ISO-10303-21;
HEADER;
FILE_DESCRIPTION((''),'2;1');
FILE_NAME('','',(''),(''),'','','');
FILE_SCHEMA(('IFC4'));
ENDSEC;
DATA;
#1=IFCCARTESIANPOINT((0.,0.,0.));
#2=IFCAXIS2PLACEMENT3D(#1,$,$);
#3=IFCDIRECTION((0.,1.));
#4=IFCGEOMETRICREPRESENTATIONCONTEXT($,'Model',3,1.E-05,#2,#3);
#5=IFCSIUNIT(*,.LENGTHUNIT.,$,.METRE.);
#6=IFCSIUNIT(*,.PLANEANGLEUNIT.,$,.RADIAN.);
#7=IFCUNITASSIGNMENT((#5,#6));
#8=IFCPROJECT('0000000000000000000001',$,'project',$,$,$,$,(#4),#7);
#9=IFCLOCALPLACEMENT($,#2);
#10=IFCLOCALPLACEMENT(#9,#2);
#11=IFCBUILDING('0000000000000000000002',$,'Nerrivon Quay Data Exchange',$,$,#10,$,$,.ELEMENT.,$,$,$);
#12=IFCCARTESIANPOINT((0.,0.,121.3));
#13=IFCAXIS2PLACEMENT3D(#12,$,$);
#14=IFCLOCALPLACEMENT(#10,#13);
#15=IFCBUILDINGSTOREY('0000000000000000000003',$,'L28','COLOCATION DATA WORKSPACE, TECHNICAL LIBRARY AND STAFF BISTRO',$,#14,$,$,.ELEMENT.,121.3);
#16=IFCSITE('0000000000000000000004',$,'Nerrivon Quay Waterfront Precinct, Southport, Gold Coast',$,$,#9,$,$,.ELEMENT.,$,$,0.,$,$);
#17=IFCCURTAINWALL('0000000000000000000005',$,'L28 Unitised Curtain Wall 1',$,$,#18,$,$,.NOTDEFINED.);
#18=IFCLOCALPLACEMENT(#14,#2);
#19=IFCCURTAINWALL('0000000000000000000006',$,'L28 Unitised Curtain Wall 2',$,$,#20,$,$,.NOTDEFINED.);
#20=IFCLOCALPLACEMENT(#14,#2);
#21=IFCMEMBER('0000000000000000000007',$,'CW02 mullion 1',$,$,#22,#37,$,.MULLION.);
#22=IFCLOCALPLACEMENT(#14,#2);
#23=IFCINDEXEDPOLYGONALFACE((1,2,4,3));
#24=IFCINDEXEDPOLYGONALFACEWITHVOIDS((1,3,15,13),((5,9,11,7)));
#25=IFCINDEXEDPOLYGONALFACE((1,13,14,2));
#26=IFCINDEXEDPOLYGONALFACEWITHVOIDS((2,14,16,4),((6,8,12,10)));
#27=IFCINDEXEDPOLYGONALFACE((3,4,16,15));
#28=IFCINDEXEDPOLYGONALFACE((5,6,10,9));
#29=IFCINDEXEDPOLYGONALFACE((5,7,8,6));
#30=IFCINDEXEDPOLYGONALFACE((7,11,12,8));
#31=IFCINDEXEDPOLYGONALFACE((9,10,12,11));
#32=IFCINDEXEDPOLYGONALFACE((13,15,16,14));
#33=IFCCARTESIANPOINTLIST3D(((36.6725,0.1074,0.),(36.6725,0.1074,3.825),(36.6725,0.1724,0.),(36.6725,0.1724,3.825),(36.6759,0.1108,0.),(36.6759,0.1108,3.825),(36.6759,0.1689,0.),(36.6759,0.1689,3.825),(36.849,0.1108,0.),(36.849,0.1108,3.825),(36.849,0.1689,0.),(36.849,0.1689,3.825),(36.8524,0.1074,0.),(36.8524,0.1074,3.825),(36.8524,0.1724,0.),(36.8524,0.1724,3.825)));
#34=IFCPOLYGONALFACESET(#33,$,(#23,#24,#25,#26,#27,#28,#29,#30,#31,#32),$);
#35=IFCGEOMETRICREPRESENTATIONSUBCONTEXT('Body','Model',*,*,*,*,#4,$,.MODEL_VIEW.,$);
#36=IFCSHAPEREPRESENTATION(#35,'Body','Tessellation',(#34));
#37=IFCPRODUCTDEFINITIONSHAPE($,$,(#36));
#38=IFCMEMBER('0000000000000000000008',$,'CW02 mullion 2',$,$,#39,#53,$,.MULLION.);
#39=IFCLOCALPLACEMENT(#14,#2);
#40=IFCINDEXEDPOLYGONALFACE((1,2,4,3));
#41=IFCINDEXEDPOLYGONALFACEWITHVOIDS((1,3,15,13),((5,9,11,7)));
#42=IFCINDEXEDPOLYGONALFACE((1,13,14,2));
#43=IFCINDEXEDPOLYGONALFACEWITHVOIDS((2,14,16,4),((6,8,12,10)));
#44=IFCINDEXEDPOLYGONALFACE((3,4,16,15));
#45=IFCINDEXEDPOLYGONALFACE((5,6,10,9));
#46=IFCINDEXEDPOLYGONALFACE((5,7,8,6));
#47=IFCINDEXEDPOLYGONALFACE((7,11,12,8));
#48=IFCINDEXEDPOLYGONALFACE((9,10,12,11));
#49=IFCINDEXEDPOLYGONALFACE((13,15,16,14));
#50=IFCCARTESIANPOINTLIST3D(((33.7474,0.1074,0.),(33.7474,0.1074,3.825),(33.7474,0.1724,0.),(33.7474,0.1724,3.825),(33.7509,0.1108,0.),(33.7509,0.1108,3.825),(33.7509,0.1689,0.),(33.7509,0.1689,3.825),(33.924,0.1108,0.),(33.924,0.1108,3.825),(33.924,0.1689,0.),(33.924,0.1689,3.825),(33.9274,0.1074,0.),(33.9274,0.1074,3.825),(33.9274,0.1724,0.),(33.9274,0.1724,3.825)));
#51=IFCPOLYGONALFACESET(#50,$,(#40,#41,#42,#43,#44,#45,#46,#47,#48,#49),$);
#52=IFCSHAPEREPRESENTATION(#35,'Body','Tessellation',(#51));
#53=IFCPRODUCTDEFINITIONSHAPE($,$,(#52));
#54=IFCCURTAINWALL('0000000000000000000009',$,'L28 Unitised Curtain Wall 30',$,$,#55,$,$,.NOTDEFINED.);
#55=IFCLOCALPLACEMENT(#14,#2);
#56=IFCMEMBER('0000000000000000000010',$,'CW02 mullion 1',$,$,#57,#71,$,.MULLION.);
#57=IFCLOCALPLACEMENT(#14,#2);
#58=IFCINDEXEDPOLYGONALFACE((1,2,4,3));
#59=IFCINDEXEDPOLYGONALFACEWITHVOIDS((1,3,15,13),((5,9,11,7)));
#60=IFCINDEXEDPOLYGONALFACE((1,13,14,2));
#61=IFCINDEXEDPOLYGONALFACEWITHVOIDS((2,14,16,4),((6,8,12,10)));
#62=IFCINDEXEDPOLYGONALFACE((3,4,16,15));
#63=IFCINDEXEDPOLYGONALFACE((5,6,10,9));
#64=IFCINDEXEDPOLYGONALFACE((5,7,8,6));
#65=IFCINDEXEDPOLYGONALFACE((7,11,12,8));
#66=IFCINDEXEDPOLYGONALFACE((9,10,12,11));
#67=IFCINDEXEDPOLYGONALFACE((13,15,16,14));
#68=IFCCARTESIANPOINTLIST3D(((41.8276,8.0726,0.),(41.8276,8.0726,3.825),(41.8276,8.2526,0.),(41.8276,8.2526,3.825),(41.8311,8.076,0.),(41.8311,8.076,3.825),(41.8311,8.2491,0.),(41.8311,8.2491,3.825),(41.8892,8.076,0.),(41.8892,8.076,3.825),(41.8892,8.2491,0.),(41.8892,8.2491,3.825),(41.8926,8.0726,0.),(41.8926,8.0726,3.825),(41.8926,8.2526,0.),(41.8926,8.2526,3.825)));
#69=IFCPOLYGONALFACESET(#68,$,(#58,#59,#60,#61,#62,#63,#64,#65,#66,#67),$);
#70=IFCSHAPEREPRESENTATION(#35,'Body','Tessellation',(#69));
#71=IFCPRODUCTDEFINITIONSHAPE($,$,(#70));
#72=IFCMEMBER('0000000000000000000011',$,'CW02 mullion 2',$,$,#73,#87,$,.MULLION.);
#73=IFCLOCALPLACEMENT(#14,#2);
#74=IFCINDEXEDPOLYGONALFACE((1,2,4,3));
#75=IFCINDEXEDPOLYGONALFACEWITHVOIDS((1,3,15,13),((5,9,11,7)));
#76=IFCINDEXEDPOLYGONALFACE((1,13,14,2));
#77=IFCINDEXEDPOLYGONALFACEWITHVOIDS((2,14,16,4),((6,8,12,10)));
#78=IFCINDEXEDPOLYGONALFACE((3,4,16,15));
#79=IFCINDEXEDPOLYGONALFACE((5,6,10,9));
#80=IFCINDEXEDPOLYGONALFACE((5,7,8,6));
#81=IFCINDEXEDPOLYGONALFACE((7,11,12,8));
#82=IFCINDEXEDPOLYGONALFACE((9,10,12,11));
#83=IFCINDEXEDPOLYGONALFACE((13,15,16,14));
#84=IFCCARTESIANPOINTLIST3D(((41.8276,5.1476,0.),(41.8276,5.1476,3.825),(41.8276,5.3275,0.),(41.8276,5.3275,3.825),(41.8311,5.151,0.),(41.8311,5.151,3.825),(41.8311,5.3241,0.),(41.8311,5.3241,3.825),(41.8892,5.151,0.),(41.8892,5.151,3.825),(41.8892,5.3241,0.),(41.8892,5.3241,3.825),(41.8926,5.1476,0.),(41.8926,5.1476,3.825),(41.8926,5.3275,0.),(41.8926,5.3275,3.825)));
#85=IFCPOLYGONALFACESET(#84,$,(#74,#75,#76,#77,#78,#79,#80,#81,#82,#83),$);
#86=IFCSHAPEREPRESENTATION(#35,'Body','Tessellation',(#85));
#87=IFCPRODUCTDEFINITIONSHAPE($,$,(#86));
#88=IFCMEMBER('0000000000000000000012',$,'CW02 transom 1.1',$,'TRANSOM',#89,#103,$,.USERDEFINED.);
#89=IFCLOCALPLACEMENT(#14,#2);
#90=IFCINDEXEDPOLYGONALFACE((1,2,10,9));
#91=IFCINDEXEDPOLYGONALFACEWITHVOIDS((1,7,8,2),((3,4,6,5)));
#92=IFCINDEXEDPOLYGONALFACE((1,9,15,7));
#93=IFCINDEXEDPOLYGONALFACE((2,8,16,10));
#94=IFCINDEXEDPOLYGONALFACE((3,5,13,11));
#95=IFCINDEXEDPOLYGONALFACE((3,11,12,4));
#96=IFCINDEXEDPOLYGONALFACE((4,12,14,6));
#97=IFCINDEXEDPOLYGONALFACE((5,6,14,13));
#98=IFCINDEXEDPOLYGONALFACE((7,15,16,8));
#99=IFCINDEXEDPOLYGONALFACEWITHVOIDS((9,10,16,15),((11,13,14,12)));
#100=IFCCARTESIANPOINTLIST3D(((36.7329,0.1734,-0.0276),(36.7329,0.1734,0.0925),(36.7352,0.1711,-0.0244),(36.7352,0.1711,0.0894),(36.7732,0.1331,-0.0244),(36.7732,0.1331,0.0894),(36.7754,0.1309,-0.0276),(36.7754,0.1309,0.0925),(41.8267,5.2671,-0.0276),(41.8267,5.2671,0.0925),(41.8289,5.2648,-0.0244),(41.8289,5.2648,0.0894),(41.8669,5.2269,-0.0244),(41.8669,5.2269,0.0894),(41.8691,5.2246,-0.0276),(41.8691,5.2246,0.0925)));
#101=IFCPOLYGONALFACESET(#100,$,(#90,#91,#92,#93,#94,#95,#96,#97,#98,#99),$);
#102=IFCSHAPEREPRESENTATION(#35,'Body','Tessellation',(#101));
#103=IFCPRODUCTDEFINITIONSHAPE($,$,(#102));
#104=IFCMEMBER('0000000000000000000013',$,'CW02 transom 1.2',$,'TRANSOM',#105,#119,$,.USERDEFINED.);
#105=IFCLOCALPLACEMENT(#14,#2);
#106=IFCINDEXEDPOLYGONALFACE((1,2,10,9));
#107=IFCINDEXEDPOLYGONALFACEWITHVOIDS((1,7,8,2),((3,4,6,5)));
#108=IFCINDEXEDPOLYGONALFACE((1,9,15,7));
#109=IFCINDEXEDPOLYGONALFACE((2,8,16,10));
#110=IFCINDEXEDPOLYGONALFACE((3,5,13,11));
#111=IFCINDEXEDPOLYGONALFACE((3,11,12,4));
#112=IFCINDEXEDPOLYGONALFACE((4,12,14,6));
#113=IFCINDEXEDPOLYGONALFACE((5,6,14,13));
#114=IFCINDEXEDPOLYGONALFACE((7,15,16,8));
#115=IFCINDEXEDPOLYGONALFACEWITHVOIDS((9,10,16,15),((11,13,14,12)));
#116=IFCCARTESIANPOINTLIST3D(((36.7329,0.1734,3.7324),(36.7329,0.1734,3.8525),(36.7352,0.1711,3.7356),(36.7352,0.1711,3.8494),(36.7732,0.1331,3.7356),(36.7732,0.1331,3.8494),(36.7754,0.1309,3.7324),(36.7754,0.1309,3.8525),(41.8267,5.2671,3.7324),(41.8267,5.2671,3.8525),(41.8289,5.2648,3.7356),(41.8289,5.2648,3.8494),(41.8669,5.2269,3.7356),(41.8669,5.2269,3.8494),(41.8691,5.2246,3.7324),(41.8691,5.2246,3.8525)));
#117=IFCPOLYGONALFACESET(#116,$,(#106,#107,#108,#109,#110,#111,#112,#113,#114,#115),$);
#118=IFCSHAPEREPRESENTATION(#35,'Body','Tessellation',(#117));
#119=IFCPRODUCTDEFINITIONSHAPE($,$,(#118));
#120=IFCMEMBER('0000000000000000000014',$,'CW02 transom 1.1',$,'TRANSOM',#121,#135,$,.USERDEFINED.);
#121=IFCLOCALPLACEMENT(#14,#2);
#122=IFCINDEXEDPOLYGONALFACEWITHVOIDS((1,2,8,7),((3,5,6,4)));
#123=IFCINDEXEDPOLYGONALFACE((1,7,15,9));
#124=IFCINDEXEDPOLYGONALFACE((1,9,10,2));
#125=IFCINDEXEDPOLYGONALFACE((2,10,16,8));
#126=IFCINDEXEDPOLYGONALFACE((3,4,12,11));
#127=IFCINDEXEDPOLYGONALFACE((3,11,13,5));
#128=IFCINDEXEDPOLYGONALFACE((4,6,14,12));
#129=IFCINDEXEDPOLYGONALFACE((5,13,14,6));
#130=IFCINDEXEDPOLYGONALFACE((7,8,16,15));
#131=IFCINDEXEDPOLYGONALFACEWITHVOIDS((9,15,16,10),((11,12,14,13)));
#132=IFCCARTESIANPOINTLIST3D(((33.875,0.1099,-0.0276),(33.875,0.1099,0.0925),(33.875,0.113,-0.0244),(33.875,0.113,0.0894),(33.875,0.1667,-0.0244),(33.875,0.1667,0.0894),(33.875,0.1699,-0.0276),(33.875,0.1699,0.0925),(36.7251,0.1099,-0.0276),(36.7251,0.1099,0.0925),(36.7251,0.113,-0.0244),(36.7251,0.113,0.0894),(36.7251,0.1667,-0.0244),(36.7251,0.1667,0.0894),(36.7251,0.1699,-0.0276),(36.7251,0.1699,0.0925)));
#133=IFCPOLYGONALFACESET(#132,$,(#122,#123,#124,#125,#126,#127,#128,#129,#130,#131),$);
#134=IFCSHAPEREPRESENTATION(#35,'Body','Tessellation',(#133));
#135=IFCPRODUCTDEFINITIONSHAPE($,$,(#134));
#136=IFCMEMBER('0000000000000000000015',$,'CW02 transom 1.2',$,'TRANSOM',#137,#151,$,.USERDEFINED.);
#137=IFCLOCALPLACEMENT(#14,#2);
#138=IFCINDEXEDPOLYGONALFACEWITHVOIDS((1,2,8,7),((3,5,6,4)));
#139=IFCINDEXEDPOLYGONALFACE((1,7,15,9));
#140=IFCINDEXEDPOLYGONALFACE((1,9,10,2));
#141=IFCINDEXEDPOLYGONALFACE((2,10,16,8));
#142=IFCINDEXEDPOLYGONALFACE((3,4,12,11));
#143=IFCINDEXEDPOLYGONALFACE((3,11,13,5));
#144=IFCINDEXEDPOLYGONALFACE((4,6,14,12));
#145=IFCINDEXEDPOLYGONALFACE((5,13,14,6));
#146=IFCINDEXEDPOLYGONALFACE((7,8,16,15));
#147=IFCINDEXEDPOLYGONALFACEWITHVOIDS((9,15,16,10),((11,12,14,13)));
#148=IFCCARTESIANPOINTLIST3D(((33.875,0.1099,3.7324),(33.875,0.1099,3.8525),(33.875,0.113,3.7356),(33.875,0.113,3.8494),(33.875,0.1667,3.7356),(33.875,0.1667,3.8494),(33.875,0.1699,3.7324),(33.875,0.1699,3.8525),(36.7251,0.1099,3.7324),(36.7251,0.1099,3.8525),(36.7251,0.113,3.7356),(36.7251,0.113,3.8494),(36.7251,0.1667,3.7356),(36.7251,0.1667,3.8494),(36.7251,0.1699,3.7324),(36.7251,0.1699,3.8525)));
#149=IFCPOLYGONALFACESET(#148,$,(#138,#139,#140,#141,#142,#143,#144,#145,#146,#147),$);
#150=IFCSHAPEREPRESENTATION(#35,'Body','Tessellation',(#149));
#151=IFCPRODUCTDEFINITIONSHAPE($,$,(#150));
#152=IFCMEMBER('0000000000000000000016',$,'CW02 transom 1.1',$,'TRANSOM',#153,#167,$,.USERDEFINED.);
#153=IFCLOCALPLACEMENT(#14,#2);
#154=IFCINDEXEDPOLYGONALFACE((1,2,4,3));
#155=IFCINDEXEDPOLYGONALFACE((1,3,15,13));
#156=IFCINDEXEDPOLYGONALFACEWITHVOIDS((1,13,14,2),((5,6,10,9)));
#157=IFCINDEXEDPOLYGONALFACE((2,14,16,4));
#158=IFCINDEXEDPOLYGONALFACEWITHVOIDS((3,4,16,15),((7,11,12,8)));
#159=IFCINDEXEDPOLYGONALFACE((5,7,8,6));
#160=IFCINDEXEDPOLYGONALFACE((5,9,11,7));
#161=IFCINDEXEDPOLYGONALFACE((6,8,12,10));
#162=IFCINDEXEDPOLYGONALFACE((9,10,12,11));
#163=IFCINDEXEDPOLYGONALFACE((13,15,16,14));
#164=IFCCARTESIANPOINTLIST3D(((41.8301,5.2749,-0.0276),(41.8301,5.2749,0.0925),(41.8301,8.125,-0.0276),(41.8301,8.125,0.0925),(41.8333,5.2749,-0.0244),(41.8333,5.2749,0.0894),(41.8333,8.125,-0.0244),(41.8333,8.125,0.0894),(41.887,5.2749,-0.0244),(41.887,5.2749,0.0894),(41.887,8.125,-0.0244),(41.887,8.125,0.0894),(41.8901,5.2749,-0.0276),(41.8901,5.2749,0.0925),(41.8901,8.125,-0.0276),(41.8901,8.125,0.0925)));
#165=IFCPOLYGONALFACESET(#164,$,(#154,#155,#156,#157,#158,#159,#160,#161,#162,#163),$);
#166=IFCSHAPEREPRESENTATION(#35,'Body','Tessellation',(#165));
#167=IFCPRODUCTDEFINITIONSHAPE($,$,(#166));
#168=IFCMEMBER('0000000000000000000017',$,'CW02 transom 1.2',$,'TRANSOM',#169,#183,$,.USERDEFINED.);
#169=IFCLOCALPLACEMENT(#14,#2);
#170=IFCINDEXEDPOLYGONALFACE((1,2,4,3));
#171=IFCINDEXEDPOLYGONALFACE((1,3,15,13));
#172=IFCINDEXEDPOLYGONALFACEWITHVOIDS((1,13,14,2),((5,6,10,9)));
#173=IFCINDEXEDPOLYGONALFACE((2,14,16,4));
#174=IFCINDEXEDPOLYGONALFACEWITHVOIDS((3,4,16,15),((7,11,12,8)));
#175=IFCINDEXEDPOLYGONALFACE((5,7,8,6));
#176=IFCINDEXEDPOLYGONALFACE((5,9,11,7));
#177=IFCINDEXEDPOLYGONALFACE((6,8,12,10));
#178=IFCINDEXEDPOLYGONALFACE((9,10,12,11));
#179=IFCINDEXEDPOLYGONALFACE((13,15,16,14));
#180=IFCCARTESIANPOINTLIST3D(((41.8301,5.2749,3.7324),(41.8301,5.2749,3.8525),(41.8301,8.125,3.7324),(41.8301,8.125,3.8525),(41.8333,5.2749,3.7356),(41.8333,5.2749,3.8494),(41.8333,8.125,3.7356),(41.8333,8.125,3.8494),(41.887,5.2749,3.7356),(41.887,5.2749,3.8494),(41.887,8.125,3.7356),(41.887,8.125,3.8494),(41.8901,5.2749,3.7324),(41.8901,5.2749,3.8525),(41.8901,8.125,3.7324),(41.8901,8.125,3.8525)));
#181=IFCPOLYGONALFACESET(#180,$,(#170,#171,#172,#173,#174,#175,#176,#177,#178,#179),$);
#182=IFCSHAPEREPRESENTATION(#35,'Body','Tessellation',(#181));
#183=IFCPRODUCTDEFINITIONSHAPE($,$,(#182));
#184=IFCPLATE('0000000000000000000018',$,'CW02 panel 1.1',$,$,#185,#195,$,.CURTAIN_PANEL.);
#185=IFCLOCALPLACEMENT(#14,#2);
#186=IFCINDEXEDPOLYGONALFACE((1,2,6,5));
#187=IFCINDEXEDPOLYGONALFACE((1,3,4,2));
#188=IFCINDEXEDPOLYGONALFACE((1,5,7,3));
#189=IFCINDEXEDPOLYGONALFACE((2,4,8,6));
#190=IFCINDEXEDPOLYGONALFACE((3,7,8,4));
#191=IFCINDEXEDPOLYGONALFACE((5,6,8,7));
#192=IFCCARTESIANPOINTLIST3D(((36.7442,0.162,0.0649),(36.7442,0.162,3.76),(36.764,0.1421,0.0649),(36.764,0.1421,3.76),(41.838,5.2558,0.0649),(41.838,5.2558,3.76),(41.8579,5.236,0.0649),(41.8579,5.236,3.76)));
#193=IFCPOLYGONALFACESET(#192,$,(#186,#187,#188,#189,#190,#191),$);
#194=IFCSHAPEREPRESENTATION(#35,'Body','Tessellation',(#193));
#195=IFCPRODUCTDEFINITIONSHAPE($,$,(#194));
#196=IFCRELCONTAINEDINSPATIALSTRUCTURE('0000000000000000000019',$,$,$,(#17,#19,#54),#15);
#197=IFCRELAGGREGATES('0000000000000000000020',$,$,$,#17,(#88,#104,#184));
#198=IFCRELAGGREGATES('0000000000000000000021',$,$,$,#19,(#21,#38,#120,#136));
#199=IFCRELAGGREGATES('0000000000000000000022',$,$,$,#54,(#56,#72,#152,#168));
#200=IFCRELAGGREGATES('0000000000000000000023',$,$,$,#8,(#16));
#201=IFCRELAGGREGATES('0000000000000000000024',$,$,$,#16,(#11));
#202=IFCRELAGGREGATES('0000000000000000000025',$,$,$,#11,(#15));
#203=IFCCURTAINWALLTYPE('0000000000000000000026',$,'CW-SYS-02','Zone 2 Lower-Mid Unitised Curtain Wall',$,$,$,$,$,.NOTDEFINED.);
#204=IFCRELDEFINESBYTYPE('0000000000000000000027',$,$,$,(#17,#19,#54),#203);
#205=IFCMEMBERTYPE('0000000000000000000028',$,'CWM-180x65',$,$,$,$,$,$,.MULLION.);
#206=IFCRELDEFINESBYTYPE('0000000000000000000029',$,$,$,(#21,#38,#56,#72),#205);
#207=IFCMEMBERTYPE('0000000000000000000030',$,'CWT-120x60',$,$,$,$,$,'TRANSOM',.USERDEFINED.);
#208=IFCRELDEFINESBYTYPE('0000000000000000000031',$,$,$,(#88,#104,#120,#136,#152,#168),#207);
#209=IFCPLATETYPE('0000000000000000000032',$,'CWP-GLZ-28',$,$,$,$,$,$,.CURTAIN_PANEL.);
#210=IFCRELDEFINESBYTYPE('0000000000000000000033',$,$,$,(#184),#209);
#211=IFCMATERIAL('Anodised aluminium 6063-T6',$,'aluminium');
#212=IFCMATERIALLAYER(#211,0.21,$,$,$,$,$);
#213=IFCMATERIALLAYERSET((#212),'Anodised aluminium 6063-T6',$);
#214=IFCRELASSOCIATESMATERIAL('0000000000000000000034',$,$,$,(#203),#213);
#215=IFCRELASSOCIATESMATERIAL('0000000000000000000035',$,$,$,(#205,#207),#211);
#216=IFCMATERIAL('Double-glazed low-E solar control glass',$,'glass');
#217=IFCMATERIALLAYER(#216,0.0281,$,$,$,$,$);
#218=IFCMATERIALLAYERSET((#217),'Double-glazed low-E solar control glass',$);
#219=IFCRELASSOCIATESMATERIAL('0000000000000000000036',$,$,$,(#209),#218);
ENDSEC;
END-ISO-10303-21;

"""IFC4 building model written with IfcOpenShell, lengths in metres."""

from ifc_helpers import new_model, si_unit, direction, frame, origin, origin_2d, place, context, subcontext, project, spatial, rectangle, hollow_rectangle, extrude, material, layer, layer_set, material_profile, profile_set, type_object, element, aggregate, save


model = new_model("IFC4")

# Units and contexts
model_context = context("Model", 3, precision=1e-05, world=origin(), true_north=direction((0.0, 1.0)))
body_context = subcontext(model_context, "Body", "Model", "MODEL_VIEW")
ifc_project = project(units=[si_unit("LENGTHUNIT", "METRE"), si_unit("PLANEANGLEUNIT", "RADIAN")], contexts=[model_context])

# Site, building, storey
site_placement = place(None, origin())
site = spatial("IfcSite", under=ifc_project, at=site_placement, Name="Nerrivon Quay Waterfront Precinct, Southport, Gold Coast", CompositionType="ELEMENT", RefElevation=0.0)
building_placement = place(site_placement, origin())
building = spatial("IfcBuilding", under=site, at=building_placement, Name="Nerrivon Quay Data Exchange", CompositionType="ELEMENT")
storey_placement = place(building_placement, frame((0.0, 0.0, 121.3)))
storey = spatial("IfcBuildingStorey", under=building, at=storey_placement, Name="L28", Description="COLOCATION DATA WORKSPACE, TECHNICAL LIBRARY AND STAFF BISTRO", CompositionType="ELEMENT", Elevation=121.3)

# Curtain walls, members
ifc_material_1 = material(Name="Anodised aluminium 6063-T6", Category="aluminium")
ifc_layer_1 = layer(ifc_material_1, 0.21)
ifc_layer_set_1 = layer_set([ifc_layer_1], Name="Anodised aluminium 6063-T6")
curtain_wall_type = type_object("IfcCurtainWallType", Name="CW-SYS-02", Description="Zone 2 Lower-Mid Unitised Curtain Wall", PredefinedType="NOTDEFINED", material=ifc_layer_set_1)
curtain_wall_1_placement = place(storey_placement, origin())
curtain_wall_1 = element("IfcCurtainWall", 1, at=curtain_wall_1_placement, inside=storey, type_object=curtain_wall_type, Name="L28 Unitised Curtain Wall 1", PredefinedType="NOTDEFINED")
ifc_material_profile_1 = material_profile(ifc_material_1, hollow_rectangle(XDim=0.0649, YDim=0.1799, WallThickness=0.0034, at=origin_2d()), Name="ALU-MULL-180x65")
ifc_profile_set_1 = profile_set([ifc_material_profile_1], Name="Anodised aluminium 6063-T6")
member_type_1 = type_object("IfcMemberType", Name="CWM-180x65", PredefinedType="MULLION", material=ifc_profile_set_1)
curtain_wall_2_placement = place(storey_placement, origin())
curtain_wall_2 = element("IfcCurtainWall", 2, at=curtain_wall_2_placement, inside=storey, type_object=curtain_wall_type, Name="L28 Unitised Curtain Wall 2", PredefinedType="NOTDEFINED")
member_1_placement = place(storey_placement, frame((36.7625, 0.1399, 0.0), z_axis=(0.0, 0.0, 1.0), x_axis=(0.0, -1.0, 0.0)))
member_1 = element("IfcMember", 3, at=member_1_placement, type_object=member_type_1, Name="CW02 mullion 1", PredefinedType="MULLION", context=body_context, shape_type="SweptSolid", body=[
    extrude(hollow_rectangle(XDim=0.0649, YDim=0.1799, WallThickness=0.0034, at=origin_2d()), origin(), (0.0, 0.0, 1.0), 3.825),
])
member_2_placement = place(storey_placement, frame((33.8374, 0.1399, 0.0), z_axis=(0.0, 0.0, 1.0), x_axis=(0.0, -1.0, 0.0)))
member_2 = element("IfcMember", 4, at=member_2_placement, type_object=member_type_1, Name="CW02 mullion 2", PredefinedType="MULLION", context=body_context, shape_type="SweptSolid", body=[
    extrude(hollow_rectangle(XDim=0.0649, YDim=0.1799, WallThickness=0.0034, at=origin_2d()), origin(), (0.0, 0.0, 1.0), 3.825),
])
curtain_wall_3_placement = place(storey_placement, origin())
curtain_wall_3 = element("IfcCurtainWall", 5, at=curtain_wall_3_placement, inside=storey, type_object=curtain_wall_type, Name="L28 Unitised Curtain Wall 30", PredefinedType="NOTDEFINED")
member_3_placement = place(storey_placement, frame((41.8601, 8.1626, 0.0), z_axis=(0.0, 0.0, 1.0), x_axis=(1.0, 0.0, 0.0)))
member_3 = element("IfcMember", 6, at=member_3_placement, type_object=member_type_1, Name="CW02 mullion 1", PredefinedType="MULLION", context=body_context, shape_type="SweptSolid", body=[
    extrude(hollow_rectangle(XDim=0.0649, YDim=0.1799, WallThickness=0.0034, at=origin_2d()), origin(), (0.0, 0.0, 1.0), 3.825),
])
member_4_placement = place(storey_placement, frame((41.8601, 5.2375, 0.0), z_axis=(0.0, 0.0, 1.0), x_axis=(1.0, 0.0, 0.0)))
member_4 = element("IfcMember", 7, at=member_4_placement, type_object=member_type_1, Name="CW02 mullion 2", PredefinedType="MULLION", context=body_context, shape_type="SweptSolid", body=[
    extrude(hollow_rectangle(XDim=0.0649, YDim=0.1799, WallThickness=0.0034, at=origin_2d()), origin(), (0.0, 0.0, 1.0), 3.825),
])

# Members
ifc_material_profile_2 = material_profile(ifc_material_1, hollow_rectangle(XDim=0.0601, YDim=0.1201, WallThickness=0.0032, at=origin_2d()), Name="ALU-TRAN-120x60")
ifc_profile_set_2 = profile_set([ifc_material_profile_2], Name="Anodised aluminium 6063-T6")
member_type_2 = type_object("IfcMemberType", Name="CWT-120x60", ElementType="TRANSOM", PredefinedType="USERDEFINED", material=ifc_profile_set_2)
member_5_placement = place(storey_placement, frame((41.8479, 5.2458, 0.0325), z_axis=(-0.707107, -0.707107, 0.0), x_axis=(0.707107, -0.707107, 0.0)))
member_5 = element("IfcMember", 8, at=member_5_placement, type_object=member_type_2, Name="CW02 transom 1.1", ObjectType="TRANSOM", PredefinedType="USERDEFINED", context=body_context, shape_type="SweptSolid", body=[
    extrude(hollow_rectangle(XDim=0.0601, YDim=0.1201, WallThickness=0.0032, at=origin_2d()), origin(), (0.0, 0.0, 1.0), 7.2036),
])
member_6_placement = place(storey_placement, frame((41.8479, 5.2458, 3.7925), z_axis=(-0.707107, -0.707107, 0.0), x_axis=(0.707107, -0.707107, 0.0)))
member_6 = element("IfcMember", 9, at=member_6_placement, type_object=member_type_2, Name="CW02 transom 1.2", ObjectType="TRANSOM", PredefinedType="USERDEFINED", context=body_context, shape_type="SweptSolid", body=[
    extrude(hollow_rectangle(XDim=0.0601, YDim=0.1201, WallThickness=0.0032, at=origin_2d()), origin(), (0.0, 0.0, 1.0), 7.2036),
])
member_7_placement = place(storey_placement, frame((36.7251, 0.1399, 0.0325), z_axis=(-1.0, 0.0, 0.0), x_axis=(0.0, -1.0, 0.0)))
member_7 = element("IfcMember", 10, at=member_7_placement, type_object=member_type_2, Name="CW02 transom 1.1", ObjectType="TRANSOM", PredefinedType="USERDEFINED", context=body_context, shape_type="SweptSolid", body=[
    extrude(hollow_rectangle(XDim=0.0601, YDim=0.1201, WallThickness=0.0032, at=origin_2d()), origin(), (0.0, 0.0, 1.0), 2.8501),
])
member_8_placement = place(storey_placement, frame((36.7251, 0.1399, 3.7925), z_axis=(-1.0, 0.0, 0.0), x_axis=(0.0, -1.0, 0.0)))
member_8 = element("IfcMember", 11, at=member_8_placement, type_object=member_type_2, Name="CW02 transom 1.2", ObjectType="TRANSOM", PredefinedType="USERDEFINED", context=body_context, shape_type="SweptSolid", body=[
    extrude(hollow_rectangle(XDim=0.0601, YDim=0.1201, WallThickness=0.0032, at=origin_2d()), origin(), (0.0, 0.0, 1.0), 2.8501),
])
member_9_placement = place(storey_placement, frame((41.8601, 8.125, 0.0325), z_axis=(0.0, -1.0, 0.0), x_axis=(1.0, 0.0, 0.0)))
member_9 = element("IfcMember", 12, at=member_9_placement, type_object=member_type_2, Name="CW02 transom 1.1", ObjectType="TRANSOM", PredefinedType="USERDEFINED", context=body_context, shape_type="SweptSolid", body=[
    extrude(hollow_rectangle(XDim=0.0601, YDim=0.1201, WallThickness=0.0032, at=origin_2d()), origin(), (0.0, 0.0, 1.0), 2.8501),
])
member_10_placement = place(storey_placement, frame((41.8601, 8.125, 3.7925), z_axis=(0.0, -1.0, 0.0), x_axis=(1.0, 0.0, 0.0)))
member_10 = element("IfcMember", 13, at=member_10_placement, type_object=member_type_2, Name="CW02 transom 1.2", ObjectType="TRANSOM", PredefinedType="USERDEFINED", context=body_context, shape_type="SweptSolid", body=[
    extrude(hollow_rectangle(XDim=0.0601, YDim=0.1201, WallThickness=0.0032, at=origin_2d()), origin(), (0.0, 0.0, 1.0), 2.8501),
])

# Plate
ifc_material_2 = material(Name="Double-glazed low-E solar control glass", Category="glass")
ifc_layer_2 = layer(ifc_material_2, 0.0281)
ifc_layer_set_2 = layer_set([ifc_layer_2], Name="Double-glazed low-E solar control glass")
plate_type = type_object("IfcPlateType", Name="CWP-GLZ-28", PredefinedType="CURTAIN_PANEL", material=ifc_layer_set_2)
plate_1_placement = place(storey_placement, frame((39.301, 2.699, 0.0649), z_axis=(0.0, 0.0, 1.0), x_axis=(-0.707107, -0.707107, 0.0)))
plate_1 = element("IfcPlate", 14, at=plate_1_placement, type_object=plate_type, Name="CW02 panel 1.1", PredefinedType="CURTAIN_PANEL", context=body_context, shape_type="SweptSolid", body=[
    extrude(rectangle(XDim=7.2039, YDim=0.0281, at=origin_2d()), origin(), (0.0, 0.0, 1.0), 3.6951),
])
aggregate(curtain_wall_1, [member_5, member_6, plate_1])
aggregate(curtain_wall_2, [member_1, member_2, member_7, member_8])
aggregate(curtain_wall_3, [member_3, member_4, member_9, member_10])

save(model, "model.ifc")
